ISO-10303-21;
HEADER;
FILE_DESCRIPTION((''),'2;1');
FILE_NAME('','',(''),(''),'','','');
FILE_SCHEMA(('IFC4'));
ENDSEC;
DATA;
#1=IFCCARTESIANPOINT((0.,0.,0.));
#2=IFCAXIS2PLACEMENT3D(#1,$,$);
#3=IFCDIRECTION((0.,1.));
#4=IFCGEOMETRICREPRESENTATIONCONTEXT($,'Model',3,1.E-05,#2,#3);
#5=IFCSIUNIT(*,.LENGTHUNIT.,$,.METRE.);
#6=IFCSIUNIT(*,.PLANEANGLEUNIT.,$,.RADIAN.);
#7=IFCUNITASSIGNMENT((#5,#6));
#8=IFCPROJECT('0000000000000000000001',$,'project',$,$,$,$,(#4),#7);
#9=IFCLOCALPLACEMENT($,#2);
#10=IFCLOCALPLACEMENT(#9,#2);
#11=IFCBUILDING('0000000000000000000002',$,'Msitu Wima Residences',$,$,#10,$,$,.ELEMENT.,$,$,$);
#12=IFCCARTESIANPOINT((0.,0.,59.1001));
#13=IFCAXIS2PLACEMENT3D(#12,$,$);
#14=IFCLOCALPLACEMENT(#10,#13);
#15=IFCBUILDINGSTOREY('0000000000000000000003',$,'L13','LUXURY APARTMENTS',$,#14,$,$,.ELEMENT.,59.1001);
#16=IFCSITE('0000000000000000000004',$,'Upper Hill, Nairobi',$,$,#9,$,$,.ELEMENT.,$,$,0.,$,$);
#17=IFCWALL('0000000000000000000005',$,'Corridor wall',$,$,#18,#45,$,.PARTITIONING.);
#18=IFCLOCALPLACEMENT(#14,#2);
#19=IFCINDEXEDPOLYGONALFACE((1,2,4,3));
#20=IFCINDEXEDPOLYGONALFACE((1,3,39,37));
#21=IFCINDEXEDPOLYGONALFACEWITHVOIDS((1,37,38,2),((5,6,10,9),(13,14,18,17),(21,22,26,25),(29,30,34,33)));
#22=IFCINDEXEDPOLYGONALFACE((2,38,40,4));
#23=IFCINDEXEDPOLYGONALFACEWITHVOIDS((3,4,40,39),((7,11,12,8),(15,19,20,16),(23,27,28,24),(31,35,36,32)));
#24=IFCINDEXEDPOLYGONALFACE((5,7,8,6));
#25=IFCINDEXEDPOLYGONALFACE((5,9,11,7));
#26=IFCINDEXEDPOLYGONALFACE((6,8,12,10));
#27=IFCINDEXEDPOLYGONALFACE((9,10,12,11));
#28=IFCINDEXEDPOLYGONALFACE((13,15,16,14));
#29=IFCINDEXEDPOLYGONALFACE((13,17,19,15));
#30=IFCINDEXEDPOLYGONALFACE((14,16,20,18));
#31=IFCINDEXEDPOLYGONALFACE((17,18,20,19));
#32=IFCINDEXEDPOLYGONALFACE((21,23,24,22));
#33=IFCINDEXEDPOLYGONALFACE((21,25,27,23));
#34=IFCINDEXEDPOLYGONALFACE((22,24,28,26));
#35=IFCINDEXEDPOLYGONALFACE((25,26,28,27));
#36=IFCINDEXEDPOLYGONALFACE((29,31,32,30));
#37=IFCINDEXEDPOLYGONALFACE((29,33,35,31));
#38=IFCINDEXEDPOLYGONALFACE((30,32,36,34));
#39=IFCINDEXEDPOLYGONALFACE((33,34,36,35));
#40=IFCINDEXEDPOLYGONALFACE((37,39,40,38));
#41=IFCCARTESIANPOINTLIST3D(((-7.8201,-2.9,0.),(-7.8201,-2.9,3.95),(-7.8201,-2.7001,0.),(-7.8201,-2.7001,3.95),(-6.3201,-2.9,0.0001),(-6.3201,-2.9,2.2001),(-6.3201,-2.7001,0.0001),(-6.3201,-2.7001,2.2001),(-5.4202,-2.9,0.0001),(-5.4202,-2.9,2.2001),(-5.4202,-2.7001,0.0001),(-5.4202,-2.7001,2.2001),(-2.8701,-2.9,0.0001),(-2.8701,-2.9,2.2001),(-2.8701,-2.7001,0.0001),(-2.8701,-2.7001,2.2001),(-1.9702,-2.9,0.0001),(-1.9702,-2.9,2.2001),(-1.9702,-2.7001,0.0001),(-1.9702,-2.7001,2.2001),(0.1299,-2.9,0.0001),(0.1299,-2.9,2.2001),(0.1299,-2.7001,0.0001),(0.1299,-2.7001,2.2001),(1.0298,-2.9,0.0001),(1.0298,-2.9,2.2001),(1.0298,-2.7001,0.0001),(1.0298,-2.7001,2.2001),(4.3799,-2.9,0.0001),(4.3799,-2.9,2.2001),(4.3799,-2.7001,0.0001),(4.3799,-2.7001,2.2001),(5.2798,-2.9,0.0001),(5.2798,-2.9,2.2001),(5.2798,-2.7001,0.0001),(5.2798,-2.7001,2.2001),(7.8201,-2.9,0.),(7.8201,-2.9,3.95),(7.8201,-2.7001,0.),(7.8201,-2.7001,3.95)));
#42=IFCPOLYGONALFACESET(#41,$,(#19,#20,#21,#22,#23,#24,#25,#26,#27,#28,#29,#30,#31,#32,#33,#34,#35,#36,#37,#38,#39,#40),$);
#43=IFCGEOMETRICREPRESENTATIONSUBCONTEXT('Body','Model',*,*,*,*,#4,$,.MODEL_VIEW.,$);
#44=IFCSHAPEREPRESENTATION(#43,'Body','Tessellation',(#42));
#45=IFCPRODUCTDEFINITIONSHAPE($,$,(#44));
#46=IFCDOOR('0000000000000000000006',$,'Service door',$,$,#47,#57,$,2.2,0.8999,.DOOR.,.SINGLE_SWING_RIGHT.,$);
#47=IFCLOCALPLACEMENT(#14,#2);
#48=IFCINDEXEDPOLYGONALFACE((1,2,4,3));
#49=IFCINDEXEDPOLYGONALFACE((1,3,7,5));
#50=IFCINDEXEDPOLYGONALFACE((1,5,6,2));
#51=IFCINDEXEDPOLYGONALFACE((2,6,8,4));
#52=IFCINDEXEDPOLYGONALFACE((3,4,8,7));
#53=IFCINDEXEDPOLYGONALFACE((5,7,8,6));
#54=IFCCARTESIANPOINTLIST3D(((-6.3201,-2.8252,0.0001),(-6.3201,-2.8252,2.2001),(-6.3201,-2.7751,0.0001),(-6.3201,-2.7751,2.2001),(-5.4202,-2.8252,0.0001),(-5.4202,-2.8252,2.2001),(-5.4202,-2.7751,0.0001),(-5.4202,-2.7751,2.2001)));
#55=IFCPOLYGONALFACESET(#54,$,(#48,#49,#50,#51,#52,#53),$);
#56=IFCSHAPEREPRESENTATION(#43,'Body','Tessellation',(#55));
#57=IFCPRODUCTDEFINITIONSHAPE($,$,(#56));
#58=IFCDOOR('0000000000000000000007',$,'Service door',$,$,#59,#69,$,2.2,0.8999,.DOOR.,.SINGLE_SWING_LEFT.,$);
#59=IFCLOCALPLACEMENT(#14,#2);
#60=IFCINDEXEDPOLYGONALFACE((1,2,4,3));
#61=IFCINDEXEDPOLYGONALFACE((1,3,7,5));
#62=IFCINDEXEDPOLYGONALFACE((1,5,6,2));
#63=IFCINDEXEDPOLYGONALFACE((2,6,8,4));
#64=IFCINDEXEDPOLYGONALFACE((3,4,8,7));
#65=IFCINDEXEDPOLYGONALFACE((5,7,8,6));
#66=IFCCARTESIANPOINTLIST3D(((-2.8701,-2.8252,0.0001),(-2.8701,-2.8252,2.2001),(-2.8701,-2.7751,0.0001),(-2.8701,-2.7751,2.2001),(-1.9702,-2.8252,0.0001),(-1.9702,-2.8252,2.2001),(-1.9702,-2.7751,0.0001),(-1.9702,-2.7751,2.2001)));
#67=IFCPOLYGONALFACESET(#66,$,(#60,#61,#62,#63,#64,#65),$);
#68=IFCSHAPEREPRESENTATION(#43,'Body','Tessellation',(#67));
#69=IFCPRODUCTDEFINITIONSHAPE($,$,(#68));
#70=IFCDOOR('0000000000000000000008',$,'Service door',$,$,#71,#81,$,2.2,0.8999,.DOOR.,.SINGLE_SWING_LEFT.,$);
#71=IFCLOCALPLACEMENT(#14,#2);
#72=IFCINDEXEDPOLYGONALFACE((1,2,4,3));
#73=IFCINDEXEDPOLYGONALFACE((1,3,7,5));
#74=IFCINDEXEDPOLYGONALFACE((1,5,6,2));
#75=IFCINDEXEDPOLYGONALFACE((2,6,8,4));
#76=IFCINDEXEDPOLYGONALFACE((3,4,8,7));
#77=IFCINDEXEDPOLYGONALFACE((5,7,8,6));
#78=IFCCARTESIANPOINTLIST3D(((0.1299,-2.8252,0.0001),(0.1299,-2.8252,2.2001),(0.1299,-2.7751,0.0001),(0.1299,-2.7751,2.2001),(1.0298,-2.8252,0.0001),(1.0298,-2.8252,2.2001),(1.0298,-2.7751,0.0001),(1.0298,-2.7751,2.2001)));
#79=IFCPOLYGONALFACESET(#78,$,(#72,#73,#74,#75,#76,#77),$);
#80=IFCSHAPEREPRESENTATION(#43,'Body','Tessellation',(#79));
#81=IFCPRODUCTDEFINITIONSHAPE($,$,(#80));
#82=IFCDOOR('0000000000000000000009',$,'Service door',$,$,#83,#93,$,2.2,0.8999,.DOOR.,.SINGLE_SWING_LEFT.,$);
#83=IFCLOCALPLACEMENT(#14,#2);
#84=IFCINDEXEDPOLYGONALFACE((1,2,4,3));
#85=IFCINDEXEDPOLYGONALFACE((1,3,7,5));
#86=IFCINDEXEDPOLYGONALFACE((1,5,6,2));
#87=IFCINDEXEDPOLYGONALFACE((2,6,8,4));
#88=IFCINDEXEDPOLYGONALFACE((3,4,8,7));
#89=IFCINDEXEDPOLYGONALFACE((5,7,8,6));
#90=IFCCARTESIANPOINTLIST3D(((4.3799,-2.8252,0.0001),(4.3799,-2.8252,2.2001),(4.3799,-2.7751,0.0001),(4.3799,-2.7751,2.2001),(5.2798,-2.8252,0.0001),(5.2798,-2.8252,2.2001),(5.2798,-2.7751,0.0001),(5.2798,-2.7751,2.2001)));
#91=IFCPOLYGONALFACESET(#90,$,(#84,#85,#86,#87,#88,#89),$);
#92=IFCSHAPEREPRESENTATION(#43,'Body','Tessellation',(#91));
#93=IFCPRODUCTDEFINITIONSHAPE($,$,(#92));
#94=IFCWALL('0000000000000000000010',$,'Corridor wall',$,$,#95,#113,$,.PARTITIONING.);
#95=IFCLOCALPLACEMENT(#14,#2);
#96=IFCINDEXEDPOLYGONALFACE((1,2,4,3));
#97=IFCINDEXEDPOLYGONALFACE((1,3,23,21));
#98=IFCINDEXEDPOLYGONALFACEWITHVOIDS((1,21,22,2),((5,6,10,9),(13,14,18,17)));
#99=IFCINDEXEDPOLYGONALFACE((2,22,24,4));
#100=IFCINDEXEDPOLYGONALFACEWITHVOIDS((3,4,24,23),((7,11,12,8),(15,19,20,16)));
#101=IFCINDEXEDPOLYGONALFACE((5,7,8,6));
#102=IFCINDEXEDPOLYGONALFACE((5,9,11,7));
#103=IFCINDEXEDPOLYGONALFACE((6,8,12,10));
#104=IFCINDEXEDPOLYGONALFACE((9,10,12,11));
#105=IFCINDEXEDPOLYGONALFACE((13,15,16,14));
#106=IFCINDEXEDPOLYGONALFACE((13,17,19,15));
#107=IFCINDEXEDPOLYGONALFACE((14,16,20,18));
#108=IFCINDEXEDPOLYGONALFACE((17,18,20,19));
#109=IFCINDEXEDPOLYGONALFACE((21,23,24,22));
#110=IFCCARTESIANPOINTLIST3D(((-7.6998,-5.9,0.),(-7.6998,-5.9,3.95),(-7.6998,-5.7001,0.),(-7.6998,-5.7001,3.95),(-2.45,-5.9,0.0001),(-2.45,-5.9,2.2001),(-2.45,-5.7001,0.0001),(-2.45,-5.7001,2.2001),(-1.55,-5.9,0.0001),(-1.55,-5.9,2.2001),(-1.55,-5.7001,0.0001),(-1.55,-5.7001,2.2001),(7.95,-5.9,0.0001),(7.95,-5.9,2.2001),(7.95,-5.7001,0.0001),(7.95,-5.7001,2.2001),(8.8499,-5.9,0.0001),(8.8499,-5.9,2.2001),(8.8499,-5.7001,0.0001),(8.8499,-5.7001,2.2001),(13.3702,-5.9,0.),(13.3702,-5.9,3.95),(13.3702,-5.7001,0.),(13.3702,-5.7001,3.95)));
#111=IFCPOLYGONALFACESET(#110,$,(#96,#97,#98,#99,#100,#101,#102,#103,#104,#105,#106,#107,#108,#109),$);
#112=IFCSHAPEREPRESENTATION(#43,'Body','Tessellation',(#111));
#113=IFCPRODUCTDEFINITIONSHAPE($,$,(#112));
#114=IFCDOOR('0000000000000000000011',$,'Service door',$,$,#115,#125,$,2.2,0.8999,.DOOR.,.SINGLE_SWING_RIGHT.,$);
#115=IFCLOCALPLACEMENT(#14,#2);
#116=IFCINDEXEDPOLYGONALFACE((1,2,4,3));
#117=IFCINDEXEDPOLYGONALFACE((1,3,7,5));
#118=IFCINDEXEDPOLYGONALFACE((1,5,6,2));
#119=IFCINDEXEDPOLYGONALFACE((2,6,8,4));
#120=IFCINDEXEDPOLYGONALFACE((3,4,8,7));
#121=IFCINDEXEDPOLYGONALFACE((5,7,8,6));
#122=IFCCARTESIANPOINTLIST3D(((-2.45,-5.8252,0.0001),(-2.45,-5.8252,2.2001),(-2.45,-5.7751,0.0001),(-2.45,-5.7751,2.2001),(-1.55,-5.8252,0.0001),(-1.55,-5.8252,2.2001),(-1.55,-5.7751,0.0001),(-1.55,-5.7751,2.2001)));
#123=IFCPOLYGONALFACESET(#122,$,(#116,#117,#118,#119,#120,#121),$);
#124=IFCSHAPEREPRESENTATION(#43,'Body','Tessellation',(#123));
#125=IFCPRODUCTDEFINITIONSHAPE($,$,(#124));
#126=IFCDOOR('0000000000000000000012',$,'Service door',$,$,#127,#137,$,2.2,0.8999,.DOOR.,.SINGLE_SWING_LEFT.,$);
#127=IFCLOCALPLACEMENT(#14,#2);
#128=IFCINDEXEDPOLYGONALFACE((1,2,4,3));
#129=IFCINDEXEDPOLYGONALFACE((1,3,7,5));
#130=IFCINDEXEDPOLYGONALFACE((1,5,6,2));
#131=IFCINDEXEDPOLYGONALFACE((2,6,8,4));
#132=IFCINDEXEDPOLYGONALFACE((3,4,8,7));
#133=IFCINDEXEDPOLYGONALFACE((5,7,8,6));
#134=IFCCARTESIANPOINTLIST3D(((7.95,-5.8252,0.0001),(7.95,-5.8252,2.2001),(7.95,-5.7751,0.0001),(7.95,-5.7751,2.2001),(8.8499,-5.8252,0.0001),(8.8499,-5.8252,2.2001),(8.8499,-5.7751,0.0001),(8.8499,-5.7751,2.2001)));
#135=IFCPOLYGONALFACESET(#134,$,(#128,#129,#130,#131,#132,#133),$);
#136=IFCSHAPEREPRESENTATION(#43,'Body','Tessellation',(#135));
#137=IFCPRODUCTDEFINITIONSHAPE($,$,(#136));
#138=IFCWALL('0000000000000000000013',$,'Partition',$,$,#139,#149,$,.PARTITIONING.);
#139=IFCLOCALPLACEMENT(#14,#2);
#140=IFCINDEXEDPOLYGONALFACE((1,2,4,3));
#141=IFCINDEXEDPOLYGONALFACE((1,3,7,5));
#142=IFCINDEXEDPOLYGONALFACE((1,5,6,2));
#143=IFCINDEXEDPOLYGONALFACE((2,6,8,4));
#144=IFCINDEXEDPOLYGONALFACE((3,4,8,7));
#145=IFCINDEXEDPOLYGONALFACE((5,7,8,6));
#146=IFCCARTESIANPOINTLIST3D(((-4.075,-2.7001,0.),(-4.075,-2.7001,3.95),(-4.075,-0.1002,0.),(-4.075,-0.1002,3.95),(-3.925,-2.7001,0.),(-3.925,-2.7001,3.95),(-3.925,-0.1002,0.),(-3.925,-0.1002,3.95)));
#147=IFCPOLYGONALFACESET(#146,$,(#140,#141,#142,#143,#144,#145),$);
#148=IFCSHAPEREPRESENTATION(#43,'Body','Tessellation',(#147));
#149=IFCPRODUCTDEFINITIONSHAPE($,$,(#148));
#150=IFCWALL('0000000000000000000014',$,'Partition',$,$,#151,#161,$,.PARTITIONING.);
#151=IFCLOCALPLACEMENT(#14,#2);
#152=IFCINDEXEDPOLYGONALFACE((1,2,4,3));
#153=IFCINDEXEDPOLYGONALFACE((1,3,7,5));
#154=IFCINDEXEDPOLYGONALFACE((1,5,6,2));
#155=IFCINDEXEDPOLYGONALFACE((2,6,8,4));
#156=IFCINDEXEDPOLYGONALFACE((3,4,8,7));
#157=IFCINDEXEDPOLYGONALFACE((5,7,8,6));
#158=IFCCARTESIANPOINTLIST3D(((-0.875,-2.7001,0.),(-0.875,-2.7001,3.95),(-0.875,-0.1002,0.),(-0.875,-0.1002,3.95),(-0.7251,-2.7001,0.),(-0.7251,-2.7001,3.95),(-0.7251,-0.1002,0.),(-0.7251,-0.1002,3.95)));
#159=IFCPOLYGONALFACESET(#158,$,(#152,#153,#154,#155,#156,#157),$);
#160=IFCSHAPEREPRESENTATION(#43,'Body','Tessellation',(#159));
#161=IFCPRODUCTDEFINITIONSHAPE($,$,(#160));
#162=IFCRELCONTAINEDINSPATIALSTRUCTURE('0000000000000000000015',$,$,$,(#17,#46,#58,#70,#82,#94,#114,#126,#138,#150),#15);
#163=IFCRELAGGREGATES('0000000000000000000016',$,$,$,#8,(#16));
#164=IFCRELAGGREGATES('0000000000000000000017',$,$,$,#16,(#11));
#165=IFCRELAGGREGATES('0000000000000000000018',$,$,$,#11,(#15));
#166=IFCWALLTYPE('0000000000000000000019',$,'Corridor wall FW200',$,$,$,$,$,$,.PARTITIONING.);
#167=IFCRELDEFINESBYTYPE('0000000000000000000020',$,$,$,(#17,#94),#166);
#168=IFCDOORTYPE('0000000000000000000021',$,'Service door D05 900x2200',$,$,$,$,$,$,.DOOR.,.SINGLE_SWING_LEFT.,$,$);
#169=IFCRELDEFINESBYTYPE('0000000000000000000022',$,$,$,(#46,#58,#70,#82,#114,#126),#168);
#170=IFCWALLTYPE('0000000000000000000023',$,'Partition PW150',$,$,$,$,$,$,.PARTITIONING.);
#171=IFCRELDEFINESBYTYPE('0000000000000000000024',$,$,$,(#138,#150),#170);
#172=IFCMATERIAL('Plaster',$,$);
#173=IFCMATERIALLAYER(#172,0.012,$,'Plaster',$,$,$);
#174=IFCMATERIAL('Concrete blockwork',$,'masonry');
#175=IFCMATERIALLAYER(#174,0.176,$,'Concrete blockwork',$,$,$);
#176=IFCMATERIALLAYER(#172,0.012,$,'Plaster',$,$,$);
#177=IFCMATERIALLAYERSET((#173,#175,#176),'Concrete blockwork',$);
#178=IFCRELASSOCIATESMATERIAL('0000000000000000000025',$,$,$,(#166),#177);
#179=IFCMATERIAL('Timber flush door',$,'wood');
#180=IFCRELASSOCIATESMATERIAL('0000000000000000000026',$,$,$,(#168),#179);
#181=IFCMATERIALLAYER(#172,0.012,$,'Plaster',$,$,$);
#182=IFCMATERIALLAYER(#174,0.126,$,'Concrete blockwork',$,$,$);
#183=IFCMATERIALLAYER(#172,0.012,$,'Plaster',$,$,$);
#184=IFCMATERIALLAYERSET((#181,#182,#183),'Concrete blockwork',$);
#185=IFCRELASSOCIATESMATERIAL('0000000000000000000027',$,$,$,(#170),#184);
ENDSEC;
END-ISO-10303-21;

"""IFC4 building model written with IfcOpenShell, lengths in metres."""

from ifc_helpers import new_model, si_unit, direction, frame, frame_2d, origin, place, context, subcontext, project, spatial, rectangle, extrude, material, layer, layer_set, type_object, element, fill, save


model = new_model("IFC4")

# Units and contexts
model_context = context("Model", 3, precision=1e-05, world=origin(), true_north=direction((0.0, 1.0)))
body_context = subcontext(model_context, "Body", "Model", "MODEL_VIEW")
ifc_project = project(units=[si_unit("LENGTHUNIT", "METRE"), si_unit("PLANEANGLEUNIT", "RADIAN")], contexts=[model_context])

# Site, building, storey
site_placement = place(None, origin())
site = spatial("IfcSite", under=ifc_project, at=site_placement, Name="Upper Hill, Nairobi", CompositionType="ELEMENT", RefElevation=0.0)
building_placement = place(site_placement, origin())
building = spatial("IfcBuilding", under=site, at=building_placement, Name="Msitu Wima Residences", CompositionType="ELEMENT")
storey_placement = place(building_placement, frame((0.0, 0.0, 59.1001)))
storey = spatial("IfcBuildingStorey", under=building, at=storey_placement, Name="L13", Description="LUXURY APARTMENTS", CompositionType="ELEMENT", Elevation=59.1001)

# Wall, openings, doors
ifc_material_1 = material(Name="Plaster")
ifc_layer_1 = layer(ifc_material_1, 0.012, Name="Plaster")
ifc_material_2 = material(Name="Concrete blockwork", Category="masonry")
ifc_layer_2 = layer(ifc_material_2, 0.176, Name="Concrete blockwork")
ifc_layer_3 = layer(ifc_material_1, 0.012, Name="Plaster")
ifc_layer_set_1 = layer_set([ifc_layer_1, ifc_layer_2, ifc_layer_3], Name="Concrete blockwork")
wall_type_1 = type_object("IfcWallType", Name="Corridor wall FW200", PredefinedType="PARTITIONING", material=ifc_layer_set_1)
wall_1_placement = place(storey_placement, frame((-7.8201, -2.8, 0.0), z_axis=(0.0, 0.0, 1.0), x_axis=(1.0, 0.0, 0.0)))
wall_1 = element("IfcWall", 1, at=wall_1_placement, inside=storey, type_object=wall_type_1, Name="Corridor wall", PredefinedType="PARTITIONING", context=body_context, shape_type="SweptSolid", body=[
    extrude(rectangle(XDim=15.6401, YDim=0.2, at=frame_2d((7.8201, 0.0))), origin(), (0.0, 0.0, 1.0), 3.95),
])
opening_1_placement = place(wall_1_placement, frame((1.5, 0.0, 0.0)))
opening_1 = element("IfcOpeningElement", 2, at=opening_1_placement, cuts=wall_1, PredefinedType="OPENING", context=body_context, shape_type="SweptSolid", body=[
    extrude(rectangle(XDim=0.8999, YDim=2.2, at=frame_2d((0.45, 1.1001))), frame((0.0, 0.1099, 0.0), z_axis=(0.0, -1.0, 0.0), x_axis=(1.0, 0.0, 0.0)), (0.0, 0.0, 1.0), 0.22),
])
opening_2_placement = place(wall_1_placement, frame((4.95, 0.0, 0.0)))
opening_2 = element("IfcOpeningElement", 3, at=opening_2_placement, cuts=wall_1, PredefinedType="OPENING", context=body_context, shape_type="SweptSolid", body=[
    extrude(rectangle(XDim=0.8999, YDim=2.2, at=frame_2d((0.45, 1.1001))), frame((0.0, 0.1099, 0.0), z_axis=(0.0, -1.0, 0.0), x_axis=(1.0, 0.0, 0.0)), (0.0, 0.0, 1.0), 0.22),
])
opening_3_placement = place(wall_1_placement, frame((7.95, 0.0, 0.0)))
opening_3 = element("IfcOpeningElement", 4, at=opening_3_placement, cuts=wall_1, PredefinedType="OPENING", context=body_context, shape_type="SweptSolid", body=[
    extrude(rectangle(XDim=0.8999, YDim=2.2, at=frame_2d((0.45, 1.1001))), frame((0.0, 0.1099, 0.0), z_axis=(0.0, -1.0, 0.0), x_axis=(1.0, 0.0, 0.0)), (0.0, 0.0, 1.0), 0.22),
])
opening_4_placement = place(wall_1_placement, frame((12.2, 0.0, 0.0)))
opening_4 = element("IfcOpeningElement", 5, at=opening_4_placement, cuts=wall_1, PredefinedType="OPENING", context=body_context, shape_type="SweptSolid", body=[
    extrude(rectangle(XDim=0.8999, YDim=2.2, at=frame_2d((0.45, 1.1001))), frame((0.0, 0.1099, 0.0), z_axis=(0.0, -1.0, 0.0), x_axis=(1.0, 0.0, 0.0)), (0.0, 0.0, 1.0), 0.22),
])
ifc_material_3 = material(Name="Timber flush door", Category="wood")
door_type_1 = type_object("IfcDoorType", Name="Service door D05 900x2200", OperationType="SINGLE_SWING_LEFT", PredefinedType="DOOR", material=ifc_material_3)
door_1_placement = place(opening_1_placement, origin())
door_1 = element("IfcDoor", 6, at=door_1_placement, inside=storey, type_object=door_type_1, Name="Service door", OperationType="SINGLE_SWING_RIGHT", OverallHeight=2.2, OverallWidth=0.8999, PredefinedType="DOOR", context=body_context, shape_type="SweptSolid", body=[
    extrude(rectangle(XDim=0.8999, YDim=2.2, at=frame_2d((0.45, 1.1001))), frame((0.0, 0.0249, 0.0), z_axis=(0.0, -1.0, 0.0), x_axis=(1.0, 0.0, 0.0)), (0.0, 0.0, 1.0), 0.05),
])
fill(opening_1, door_1)
door_2_placement = place(opening_2_placement, origin())
door_2 = element("IfcDoor", 7, at=door_2_placement, inside=storey, type_object=door_type_1, Name="Service door", OperationType="SINGLE_SWING_LEFT", OverallHeight=2.2, OverallWidth=0.8999, PredefinedType="DOOR", context=body_context, shape_type="SweptSolid", body=[
    extrude(rectangle(XDim=0.8999, YDim=2.2, at=frame_2d((0.45, 1.1001))), frame((0.0, 0.0249, 0.0), z_axis=(0.0, -1.0, 0.0), x_axis=(1.0, 0.0, 0.0)), (0.0, 0.0, 1.0), 0.05),
])
fill(opening_2, door_2)
door_3_placement = place(opening_3_placement, origin())
door_3 = element("IfcDoor", 8, at=door_3_placement, inside=storey, type_object=door_type_1, Name="Service door", OperationType="SINGLE_SWING_LEFT", OverallHeight=2.2, OverallWidth=0.8999, PredefinedType="DOOR", context=body_context, shape_type="SweptSolid", body=[
    extrude(rectangle(XDim=0.8999, YDim=2.2, at=frame_2d((0.45, 1.1001))), frame((0.0, 0.0249, 0.0), z_axis=(0.0, -1.0, 0.0), x_axis=(1.0, 0.0, 0.0)), (0.0, 0.0, 1.0), 0.05),
])
fill(opening_3, door_3)
door_4_placement = place(opening_4_placement, origin())
door_4 = element("IfcDoor", 9, at=door_4_placement, inside=storey, type_object=door_type_1, Name="Service door", OperationType="SINGLE_SWING_LEFT", OverallHeight=2.2, OverallWidth=0.8999, PredefinedType="DOOR", context=body_context, shape_type="SweptSolid", body=[
    extrude(rectangle(XDim=0.8999, YDim=2.2, at=frame_2d((0.45, 1.1001))), frame((0.0, 0.0249, 0.0), z_axis=(0.0, -1.0, 0.0), x_axis=(1.0, 0.0, 0.0)), (0.0, 0.0, 1.0), 0.05),
])
fill(opening_4, door_4)

# Wall, openings, doors
wall_2_placement = place(storey_placement, frame((-7.7, -5.8, 0.0), z_axis=(0.0, 0.0, 1.0), x_axis=(1.0, 0.0, 0.0)))
wall_2 = element("IfcWall", 10, at=wall_2_placement, inside=storey, type_object=wall_type_1, Name="Corridor wall", PredefinedType="PARTITIONING", context=body_context, shape_type="SweptSolid", body=[
    extrude(rectangle(XDim=21.0701, YDim=0.2, at=frame_2d((10.5352, 0.0))), origin(), (0.0, 0.0, 1.0), 3.95),
])
opening_5_placement = place(wall_2_placement, frame((5.25, 0.0, 0.0)))
opening_5 = element("IfcOpeningElement", 11, at=opening_5_placement, cuts=wall_2, PredefinedType="OPENING", context=body_context, shape_type="SweptSolid", body=[
    extrude(rectangle(XDim=0.8999, YDim=2.2, at=frame_2d((0.45, 1.1001))), frame((0.0, 0.1099, 0.0), z_axis=(0.0, -1.0, 0.0), x_axis=(1.0, 0.0, 0.0)), (0.0, 0.0, 1.0), 0.22),
])
opening_6_placement = place(wall_2_placement, frame((15.6499, 0.0, 0.0)))
opening_6 = element("IfcOpeningElement", 12, at=opening_6_placement, cuts=wall_2, PredefinedType="OPENING", context=body_context, shape_type="SweptSolid", body=[
    extrude(rectangle(XDim=0.8999, YDim=2.2, at=frame_2d((0.45, 1.1001))), frame((0.0, 0.1099, 0.0), z_axis=(0.0, -1.0, 0.0), x_axis=(1.0, 0.0, 0.0)), (0.0, 0.0, 1.0), 0.22),
])
door_5_placement = place(opening_5_placement, origin())
door_5 = element("IfcDoor", 13, at=door_5_placement, inside=storey, type_object=door_type_1, Name="Service door", OperationType="SINGLE_SWING_RIGHT", OverallHeight=2.2, OverallWidth=0.8999, PredefinedType="DOOR", context=body_context, shape_type="SweptSolid", body=[
    extrude(rectangle(XDim=0.8999, YDim=2.2, at=frame_2d((0.45, 1.1001))), frame((0.0, 0.0249, 0.0), z_axis=(0.0, -1.0, 0.0), x_axis=(1.0, 0.0, 0.0)), (0.0, 0.0, 1.0), 0.05),
])
fill(opening_5, door_5)
door_6_placement = place(opening_6_placement, origin())
door_6 = element("IfcDoor", 14, at=door_6_placement, inside=storey, type_object=door_type_1, Name="Service door", OperationType="SINGLE_SWING_LEFT", OverallHeight=2.2, OverallWidth=0.8999, PredefinedType="DOOR", context=body_context, shape_type="SweptSolid", body=[
    extrude(rectangle(XDim=0.8999, YDim=2.2, at=frame_2d((0.45, 1.1001))), frame((0.0, 0.0249, 0.0), z_axis=(0.0, -1.0, 0.0), x_axis=(1.0, 0.0, 0.0)), (0.0, 0.0, 1.0), 0.05),
])
fill(opening_6, door_6)

# Walls
ifc_layer_4 = layer(ifc_material_1, 0.012, Name="Plaster")
ifc_layer_5 = layer(ifc_material_2, 0.126, Name="Concrete blockwork")
ifc_layer_6 = layer(ifc_material_1, 0.012, Name="Plaster")
ifc_layer_set_2 = layer_set([ifc_layer_4, ifc_layer_5, ifc_layer_6], Name="Concrete blockwork")
wall_type_2 = type_object("IfcWallType", Name="Partition PW150", PredefinedType="PARTITIONING", material=ifc_layer_set_2)
for number, where, z_axis, x_axis, name in (
    (15, (-4.0, -2.7, 0.0), (0.0, 0.0, 1.0), (0.0, 1.0, 0.0), "Partition"),
    (16, (-0.8, -2.7, 0.0), (0.0, 0.0, 1.0), (0.0, 1.0, 0.0), "Partition"),
):
    element("IfcWall", number, at=place(storey_placement, frame(where, z_axis=z_axis, x_axis=x_axis)), inside=storey, type_object=wall_type_2, Name=name, PredefinedType="PARTITIONING", context=body_context, shape_type="SweptSolid", body=[
        extrude(rectangle(XDim=2.5999, YDim=0.1499, at=frame_2d((1.2998, 0.0))), origin(), (0.0, 0.0, 1.0), 3.95),
    ])

save(model, "model.ifc")
